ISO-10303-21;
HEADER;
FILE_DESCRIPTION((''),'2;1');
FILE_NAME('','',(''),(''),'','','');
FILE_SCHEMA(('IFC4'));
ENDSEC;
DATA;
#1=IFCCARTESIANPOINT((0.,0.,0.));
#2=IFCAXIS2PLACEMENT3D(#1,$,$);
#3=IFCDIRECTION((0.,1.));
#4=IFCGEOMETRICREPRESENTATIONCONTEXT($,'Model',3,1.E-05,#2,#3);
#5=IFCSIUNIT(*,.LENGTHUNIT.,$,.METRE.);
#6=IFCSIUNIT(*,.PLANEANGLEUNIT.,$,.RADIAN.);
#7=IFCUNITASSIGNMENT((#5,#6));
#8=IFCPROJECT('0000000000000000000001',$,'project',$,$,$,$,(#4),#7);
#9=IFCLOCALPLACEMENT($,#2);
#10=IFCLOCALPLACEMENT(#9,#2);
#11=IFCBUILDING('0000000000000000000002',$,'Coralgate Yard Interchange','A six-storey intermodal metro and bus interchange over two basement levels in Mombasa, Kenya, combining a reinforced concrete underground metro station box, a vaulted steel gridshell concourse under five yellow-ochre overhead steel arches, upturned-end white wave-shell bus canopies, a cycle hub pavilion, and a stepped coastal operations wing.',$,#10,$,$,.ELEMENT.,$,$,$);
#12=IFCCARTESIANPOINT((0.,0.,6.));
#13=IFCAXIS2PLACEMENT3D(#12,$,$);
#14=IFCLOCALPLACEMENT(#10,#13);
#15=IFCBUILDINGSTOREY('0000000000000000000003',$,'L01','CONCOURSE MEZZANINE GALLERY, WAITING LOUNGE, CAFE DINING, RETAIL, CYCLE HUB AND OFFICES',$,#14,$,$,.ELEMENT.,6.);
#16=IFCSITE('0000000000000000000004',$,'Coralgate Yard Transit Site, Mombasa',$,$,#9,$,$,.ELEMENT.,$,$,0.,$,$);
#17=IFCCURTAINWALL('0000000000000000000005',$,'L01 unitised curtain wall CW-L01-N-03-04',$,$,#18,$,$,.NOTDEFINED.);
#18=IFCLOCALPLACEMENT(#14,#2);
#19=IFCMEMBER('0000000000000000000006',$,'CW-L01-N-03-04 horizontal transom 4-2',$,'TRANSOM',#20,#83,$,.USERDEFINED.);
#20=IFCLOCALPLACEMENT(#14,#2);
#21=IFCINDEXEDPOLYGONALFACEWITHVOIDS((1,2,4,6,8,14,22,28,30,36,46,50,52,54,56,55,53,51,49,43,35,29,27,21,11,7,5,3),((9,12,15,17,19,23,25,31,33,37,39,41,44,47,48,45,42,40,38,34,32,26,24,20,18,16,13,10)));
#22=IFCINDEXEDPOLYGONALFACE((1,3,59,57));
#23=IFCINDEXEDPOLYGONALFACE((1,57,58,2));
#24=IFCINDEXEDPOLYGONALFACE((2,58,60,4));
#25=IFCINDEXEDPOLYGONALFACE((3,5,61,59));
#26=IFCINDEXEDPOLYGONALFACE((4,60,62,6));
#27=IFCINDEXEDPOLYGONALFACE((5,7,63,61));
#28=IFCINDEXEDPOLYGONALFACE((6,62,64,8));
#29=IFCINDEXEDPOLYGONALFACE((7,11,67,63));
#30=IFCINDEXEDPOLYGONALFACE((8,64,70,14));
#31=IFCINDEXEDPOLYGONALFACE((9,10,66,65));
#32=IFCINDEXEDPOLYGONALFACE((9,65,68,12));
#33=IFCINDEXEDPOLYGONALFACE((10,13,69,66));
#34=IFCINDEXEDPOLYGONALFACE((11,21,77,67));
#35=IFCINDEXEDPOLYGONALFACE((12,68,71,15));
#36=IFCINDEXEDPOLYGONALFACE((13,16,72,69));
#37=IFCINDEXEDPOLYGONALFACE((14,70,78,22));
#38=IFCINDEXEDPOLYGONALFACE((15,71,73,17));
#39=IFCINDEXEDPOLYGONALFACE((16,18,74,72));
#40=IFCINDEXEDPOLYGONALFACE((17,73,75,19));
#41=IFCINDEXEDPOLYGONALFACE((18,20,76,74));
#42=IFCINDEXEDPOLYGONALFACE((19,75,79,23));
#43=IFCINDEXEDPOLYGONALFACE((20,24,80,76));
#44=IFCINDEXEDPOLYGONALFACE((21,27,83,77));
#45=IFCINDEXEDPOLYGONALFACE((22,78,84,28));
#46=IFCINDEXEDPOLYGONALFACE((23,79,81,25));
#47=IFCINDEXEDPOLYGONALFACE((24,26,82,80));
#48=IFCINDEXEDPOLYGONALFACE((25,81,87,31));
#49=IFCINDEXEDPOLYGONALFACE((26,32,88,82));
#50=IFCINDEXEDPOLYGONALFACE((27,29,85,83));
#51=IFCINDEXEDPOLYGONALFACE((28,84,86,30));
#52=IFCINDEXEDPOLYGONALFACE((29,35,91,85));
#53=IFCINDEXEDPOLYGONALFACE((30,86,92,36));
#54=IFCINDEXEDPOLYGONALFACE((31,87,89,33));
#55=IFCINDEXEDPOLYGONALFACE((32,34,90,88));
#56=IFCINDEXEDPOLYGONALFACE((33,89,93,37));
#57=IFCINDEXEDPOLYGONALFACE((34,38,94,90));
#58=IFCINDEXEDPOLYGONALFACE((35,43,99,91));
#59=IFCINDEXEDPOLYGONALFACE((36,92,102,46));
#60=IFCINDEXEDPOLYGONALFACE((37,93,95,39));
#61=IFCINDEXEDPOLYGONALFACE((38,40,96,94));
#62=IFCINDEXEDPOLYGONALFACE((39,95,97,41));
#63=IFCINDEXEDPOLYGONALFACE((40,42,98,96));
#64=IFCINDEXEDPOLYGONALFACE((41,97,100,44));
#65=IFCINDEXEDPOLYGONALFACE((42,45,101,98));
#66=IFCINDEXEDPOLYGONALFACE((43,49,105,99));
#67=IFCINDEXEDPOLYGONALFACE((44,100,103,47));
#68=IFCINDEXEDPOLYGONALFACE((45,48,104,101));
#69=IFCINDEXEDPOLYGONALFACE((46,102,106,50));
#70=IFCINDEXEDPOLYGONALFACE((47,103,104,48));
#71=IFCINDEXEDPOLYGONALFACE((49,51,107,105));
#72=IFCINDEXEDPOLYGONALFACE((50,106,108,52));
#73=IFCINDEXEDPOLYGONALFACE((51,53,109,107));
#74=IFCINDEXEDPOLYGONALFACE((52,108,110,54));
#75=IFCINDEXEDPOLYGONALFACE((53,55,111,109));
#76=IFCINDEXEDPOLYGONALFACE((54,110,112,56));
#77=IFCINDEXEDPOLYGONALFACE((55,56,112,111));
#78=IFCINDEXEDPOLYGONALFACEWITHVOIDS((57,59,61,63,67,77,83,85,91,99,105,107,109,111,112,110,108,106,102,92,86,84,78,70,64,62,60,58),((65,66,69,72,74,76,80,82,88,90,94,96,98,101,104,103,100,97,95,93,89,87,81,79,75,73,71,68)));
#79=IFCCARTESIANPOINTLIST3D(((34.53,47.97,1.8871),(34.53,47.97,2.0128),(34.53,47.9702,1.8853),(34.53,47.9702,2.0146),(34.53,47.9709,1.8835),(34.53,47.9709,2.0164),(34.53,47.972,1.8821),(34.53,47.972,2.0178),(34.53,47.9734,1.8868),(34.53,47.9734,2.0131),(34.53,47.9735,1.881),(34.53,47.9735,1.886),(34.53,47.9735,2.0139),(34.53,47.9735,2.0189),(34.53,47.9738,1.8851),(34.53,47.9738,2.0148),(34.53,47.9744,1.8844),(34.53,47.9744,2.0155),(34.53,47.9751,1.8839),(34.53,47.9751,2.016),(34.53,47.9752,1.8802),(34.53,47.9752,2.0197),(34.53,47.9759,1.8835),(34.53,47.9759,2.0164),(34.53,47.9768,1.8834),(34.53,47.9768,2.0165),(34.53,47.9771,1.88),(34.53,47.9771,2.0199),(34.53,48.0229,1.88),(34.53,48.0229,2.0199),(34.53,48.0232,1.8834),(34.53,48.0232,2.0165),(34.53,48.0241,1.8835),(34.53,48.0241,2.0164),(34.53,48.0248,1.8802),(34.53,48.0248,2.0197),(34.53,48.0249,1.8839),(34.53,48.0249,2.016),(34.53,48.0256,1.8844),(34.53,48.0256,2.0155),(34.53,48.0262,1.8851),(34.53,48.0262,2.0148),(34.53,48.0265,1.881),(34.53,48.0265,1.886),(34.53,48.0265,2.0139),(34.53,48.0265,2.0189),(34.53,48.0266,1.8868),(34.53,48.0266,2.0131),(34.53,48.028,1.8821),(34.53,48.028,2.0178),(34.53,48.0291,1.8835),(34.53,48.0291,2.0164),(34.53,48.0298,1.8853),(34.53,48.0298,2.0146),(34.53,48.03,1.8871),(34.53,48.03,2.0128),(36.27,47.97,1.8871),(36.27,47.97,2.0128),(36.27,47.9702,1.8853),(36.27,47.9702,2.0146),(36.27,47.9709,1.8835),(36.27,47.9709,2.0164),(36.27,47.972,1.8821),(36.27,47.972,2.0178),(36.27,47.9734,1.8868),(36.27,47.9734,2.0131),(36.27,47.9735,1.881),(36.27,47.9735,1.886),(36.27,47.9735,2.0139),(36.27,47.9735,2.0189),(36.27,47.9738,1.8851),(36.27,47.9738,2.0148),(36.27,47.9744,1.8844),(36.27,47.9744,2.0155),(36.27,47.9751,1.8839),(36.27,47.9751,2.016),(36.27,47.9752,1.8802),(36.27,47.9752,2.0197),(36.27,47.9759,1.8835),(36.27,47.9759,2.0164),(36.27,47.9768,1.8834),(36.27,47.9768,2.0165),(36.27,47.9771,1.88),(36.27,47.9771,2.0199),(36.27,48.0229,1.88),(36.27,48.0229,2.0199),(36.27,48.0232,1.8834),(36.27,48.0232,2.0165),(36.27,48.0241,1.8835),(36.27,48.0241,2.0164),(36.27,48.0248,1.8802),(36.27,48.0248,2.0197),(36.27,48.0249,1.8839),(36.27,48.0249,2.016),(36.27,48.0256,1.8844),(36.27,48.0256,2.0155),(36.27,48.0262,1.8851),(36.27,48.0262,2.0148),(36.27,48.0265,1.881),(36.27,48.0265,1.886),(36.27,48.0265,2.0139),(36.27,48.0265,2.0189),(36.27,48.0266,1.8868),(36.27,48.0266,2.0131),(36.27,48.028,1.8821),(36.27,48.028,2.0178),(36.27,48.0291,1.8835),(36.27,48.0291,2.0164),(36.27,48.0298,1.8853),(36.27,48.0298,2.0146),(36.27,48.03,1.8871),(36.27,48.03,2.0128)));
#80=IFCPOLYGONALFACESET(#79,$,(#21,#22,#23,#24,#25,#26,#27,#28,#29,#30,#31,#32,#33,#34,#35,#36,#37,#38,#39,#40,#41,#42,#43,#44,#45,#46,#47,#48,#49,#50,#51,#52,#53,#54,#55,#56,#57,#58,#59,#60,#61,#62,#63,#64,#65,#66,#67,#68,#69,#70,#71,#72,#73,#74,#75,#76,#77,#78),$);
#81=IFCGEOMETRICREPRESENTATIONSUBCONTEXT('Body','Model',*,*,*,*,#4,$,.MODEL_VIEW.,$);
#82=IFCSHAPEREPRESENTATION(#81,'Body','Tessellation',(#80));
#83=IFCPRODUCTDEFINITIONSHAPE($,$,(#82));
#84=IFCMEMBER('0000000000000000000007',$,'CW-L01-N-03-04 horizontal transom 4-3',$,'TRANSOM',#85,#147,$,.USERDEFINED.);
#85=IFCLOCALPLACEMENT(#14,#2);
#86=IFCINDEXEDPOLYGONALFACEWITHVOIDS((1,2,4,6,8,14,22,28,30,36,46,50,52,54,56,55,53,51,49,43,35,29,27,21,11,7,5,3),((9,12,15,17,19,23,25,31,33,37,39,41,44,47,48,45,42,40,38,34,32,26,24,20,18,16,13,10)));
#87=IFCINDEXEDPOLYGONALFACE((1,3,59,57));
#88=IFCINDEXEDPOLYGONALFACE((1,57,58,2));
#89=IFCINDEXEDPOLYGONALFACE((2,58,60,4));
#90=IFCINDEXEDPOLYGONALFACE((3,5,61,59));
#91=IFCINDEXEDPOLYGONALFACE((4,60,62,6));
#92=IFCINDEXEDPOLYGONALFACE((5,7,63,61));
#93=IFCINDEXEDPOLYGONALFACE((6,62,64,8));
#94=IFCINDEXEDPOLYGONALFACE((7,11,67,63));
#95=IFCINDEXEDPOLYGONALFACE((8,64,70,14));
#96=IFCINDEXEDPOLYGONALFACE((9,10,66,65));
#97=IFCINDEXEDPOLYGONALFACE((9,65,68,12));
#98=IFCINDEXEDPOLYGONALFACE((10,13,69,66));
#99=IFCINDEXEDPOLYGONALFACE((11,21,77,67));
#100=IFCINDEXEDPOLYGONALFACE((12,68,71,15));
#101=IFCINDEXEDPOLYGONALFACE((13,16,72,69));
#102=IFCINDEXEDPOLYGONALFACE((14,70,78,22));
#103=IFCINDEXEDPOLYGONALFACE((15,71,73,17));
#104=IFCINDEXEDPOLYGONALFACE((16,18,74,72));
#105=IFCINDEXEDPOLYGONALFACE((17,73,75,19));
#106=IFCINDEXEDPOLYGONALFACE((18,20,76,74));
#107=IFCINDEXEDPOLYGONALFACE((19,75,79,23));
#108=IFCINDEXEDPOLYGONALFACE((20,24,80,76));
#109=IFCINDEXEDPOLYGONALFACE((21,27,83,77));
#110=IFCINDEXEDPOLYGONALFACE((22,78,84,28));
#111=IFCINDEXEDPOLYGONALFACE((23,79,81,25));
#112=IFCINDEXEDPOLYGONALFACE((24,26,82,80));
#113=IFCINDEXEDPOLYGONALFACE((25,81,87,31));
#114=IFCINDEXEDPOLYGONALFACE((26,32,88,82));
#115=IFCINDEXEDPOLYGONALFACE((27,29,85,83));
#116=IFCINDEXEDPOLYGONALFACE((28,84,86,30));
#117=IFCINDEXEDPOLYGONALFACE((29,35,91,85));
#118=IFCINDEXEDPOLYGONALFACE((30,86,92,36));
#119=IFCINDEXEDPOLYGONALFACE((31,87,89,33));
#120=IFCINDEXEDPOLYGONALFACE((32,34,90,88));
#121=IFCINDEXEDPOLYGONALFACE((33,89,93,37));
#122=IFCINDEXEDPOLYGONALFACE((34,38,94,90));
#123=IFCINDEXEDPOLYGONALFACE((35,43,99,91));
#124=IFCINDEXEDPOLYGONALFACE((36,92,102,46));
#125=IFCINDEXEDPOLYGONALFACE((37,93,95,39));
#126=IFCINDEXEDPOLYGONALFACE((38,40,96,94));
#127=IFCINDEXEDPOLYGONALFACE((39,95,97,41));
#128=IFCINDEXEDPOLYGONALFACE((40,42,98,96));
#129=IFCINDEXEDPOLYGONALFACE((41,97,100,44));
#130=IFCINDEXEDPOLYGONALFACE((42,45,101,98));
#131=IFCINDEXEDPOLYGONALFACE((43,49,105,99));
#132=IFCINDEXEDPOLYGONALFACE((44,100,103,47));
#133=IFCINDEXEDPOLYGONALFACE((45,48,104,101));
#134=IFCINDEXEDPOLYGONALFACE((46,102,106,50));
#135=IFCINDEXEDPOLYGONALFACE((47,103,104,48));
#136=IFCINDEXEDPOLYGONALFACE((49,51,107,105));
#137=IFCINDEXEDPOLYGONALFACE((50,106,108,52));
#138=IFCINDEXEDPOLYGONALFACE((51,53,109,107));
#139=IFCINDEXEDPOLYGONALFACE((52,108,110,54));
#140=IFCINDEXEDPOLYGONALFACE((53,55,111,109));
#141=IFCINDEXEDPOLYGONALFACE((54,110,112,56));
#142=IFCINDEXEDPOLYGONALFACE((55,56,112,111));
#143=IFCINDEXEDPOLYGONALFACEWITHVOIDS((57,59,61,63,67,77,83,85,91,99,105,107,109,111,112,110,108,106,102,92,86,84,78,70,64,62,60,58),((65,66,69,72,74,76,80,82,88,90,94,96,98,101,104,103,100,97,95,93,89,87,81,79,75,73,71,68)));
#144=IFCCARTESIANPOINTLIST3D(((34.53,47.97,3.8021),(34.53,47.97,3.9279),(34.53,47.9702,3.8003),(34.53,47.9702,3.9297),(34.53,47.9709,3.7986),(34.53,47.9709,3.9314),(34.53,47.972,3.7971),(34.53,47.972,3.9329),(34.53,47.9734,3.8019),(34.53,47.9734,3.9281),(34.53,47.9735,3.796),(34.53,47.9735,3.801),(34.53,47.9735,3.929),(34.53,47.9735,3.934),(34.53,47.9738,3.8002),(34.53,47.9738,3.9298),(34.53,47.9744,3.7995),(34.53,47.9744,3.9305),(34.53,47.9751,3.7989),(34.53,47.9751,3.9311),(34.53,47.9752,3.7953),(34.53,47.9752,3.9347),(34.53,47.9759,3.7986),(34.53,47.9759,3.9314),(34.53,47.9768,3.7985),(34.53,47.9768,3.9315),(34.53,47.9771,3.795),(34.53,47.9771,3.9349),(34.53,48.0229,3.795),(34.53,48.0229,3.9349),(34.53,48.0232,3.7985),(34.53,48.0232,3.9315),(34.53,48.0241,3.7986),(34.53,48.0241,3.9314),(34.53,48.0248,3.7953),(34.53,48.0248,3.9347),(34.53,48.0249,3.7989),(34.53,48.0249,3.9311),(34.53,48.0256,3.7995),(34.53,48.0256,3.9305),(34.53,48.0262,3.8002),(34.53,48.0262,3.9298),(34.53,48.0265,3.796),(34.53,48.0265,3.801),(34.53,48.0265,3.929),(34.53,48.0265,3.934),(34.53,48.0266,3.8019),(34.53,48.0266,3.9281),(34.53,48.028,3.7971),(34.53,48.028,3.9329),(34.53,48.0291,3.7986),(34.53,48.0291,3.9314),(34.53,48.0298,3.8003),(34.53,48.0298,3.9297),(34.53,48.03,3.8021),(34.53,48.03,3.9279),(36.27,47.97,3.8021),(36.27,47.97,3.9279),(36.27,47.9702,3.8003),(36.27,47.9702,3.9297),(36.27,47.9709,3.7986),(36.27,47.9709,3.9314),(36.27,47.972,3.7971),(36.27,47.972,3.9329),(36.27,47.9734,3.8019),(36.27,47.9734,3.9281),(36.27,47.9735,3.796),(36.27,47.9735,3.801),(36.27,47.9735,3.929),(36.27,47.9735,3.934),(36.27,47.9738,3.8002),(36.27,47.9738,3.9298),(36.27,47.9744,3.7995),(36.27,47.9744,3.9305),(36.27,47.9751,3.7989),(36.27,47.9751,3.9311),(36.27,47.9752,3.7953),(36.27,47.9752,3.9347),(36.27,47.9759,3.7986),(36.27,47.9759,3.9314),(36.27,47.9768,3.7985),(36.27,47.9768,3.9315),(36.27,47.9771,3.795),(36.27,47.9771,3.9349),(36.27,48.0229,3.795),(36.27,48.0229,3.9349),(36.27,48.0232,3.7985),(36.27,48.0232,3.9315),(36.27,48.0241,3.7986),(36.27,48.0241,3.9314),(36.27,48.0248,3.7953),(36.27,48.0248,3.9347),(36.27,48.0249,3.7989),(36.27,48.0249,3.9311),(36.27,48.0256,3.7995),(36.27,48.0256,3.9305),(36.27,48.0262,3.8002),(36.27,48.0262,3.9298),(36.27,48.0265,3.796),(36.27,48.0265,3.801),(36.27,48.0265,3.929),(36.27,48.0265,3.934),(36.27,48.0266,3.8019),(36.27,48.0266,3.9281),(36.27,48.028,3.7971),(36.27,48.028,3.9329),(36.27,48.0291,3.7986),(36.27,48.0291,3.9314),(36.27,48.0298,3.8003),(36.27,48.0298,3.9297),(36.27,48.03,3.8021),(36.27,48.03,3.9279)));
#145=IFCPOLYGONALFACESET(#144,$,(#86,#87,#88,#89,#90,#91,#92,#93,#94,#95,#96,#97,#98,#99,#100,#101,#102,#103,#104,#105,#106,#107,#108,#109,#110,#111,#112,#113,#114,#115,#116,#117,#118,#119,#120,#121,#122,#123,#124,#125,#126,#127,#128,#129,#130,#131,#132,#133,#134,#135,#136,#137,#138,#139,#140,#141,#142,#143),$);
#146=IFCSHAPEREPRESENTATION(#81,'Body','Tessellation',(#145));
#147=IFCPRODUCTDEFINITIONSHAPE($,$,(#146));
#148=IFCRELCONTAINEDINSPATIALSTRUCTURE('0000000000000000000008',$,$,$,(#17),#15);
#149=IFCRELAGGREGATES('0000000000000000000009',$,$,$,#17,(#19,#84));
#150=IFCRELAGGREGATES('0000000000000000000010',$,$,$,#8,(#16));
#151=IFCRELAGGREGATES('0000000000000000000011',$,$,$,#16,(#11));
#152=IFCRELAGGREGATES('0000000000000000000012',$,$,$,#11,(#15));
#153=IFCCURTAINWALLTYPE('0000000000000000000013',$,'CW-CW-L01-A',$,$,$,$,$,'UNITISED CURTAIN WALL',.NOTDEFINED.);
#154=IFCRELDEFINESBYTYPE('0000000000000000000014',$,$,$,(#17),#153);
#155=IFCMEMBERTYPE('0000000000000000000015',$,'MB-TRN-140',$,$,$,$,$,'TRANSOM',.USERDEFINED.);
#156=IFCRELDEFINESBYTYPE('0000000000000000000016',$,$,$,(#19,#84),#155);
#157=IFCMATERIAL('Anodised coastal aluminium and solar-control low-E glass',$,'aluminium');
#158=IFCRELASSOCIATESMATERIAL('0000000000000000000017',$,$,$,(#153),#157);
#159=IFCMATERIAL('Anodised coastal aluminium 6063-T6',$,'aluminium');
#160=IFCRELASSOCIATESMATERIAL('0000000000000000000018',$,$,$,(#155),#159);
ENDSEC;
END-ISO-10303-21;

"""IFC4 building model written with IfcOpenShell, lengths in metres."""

from ifc_helpers import new_model, si_unit, direction, frame, origin, origin_2d, place, context, subcontext, project, spatial, hollow_rectangle, extrude, material, material_profile, profile_set, type_object, element, aggregate, save


model = new_model("IFC4")

# Units and contexts
model_context = context("Model", 3, precision=1e-05, world=origin(), true_north=direction((0.0, 1.0)))
body_context = subcontext(model_context, "Body", "Model", "MODEL_VIEW")
ifc_project = project(units=[si_unit("LENGTHUNIT", "METRE"), si_unit("PLANEANGLEUNIT", "RADIAN")], contexts=[model_context])

# Site, building, storey
site_placement = place(None, origin())
site = spatial("IfcSite", under=ifc_project, at=site_placement, Name="Coralgate Yard Transit Site, Mombasa", CompositionType="ELEMENT", RefElevation=0.0)
building_placement = place(site_placement, origin())
building = spatial("IfcBuilding", under=site, at=building_placement, Name="Coralgate Yard Interchange", Description="A six-storey intermodal metro and bus interchange over two basement levels in Mombasa, Kenya, combining a reinforced concrete underground metro station box, a vaulted steel gridshell concourse under five yellow-ochre overhead steel arches, upturned-end white wave-shell bus canopies, a cycle hub pavilion, and a stepped coastal operations wing.", CompositionType="ELEMENT")
storey_placement = place(building_placement, frame((0.0, 0.0, 6.0)))
storey = spatial("IfcBuildingStorey", under=building, at=storey_placement, Name="L01", Description="CONCOURSE MEZZANINE GALLERY, WAITING LOUNGE, CAFE DINING, RETAIL, CYCLE HUB AND OFFICES", CompositionType="ELEMENT", Elevation=6.0)

# Curtain wall, members
ifc_material_1 = material(Name="Anodised coastal aluminium and solar-control low-E glass", Category="aluminium")
curtain_wall_type = type_object("IfcCurtainWallType", Name="CW-CW-L01-A", ElementType="UNITISED CURTAIN WALL", PredefinedType="NOTDEFINED", material=ifc_material_1)
curtain_wall_placement = place(storey_placement, origin())
curtain_wall = element("IfcCurtainWall", 1, at=curtain_wall_placement, inside=storey, type_object=curtain_wall_type, Name="L01 unitised curtain wall CW-L01-N-03-04", PredefinedType="NOTDEFINED")
ifc_material_2 = material(Name="Anodised coastal aluminium 6063-T6", Category="aluminium")
ifc_material_profile_1 = material_profile(ifc_material_2, hollow_rectangle(XDim=0.0601, YDim=0.1399, WallThickness=0.0034, InnerFilletRadius=0.0034, OuterFilletRadius=0.0071, at=origin_2d()), Name="ALU 60x140x3.5")
ifc_profile_set_1 = profile_set([ifc_material_profile_1], Name="Anodised coastal aluminium 6063-T6")
member_type_1 = type_object("IfcMemberType", Name="MB-TRN-140", ElementType="TRANSOM", PredefinedType="USERDEFINED", material=ifc_profile_set_1)
member_1_placement = place(storey_placement, frame((34.53, 48.0, 1.95), z_axis=(1.0, 0.0, 0.0), x_axis=(0.0, 1.0, 0.0)))
member_1 = element("IfcMember", 2, at=member_1_placement, type_object=member_type_1, Name="CW-L01-N-03-04 horizontal transom 4-2", ObjectType="TRANSOM", PredefinedType="USERDEFINED", context=body_context, shape_type="SweptSolid", body=[
    extrude(hollow_rectangle(XDim=0.0601, YDim=0.1399, WallThickness=0.0034, InnerFilletRadius=0.0034, OuterFilletRadius=0.0071, at=origin_2d()), origin(), (0.0, 0.0, 1.0), 1.74),
])
member_2_placement = place(storey_placement, frame((34.53, 48.0, 3.865), z_axis=(1.0, 0.0, 0.0), x_axis=(0.0, 1.0, 0.0)))
member_2 = element("IfcMember", 3, at=member_2_placement, type_object=member_type_1, Name="CW-L01-N-03-04 horizontal transom 4-3", ObjectType="TRANSOM", PredefinedType="USERDEFINED", context=body_context, shape_type="SweptSolid", body=[
    extrude(hollow_rectangle(XDim=0.0601, YDim=0.1399, WallThickness=0.0034, InnerFilletRadius=0.0034, OuterFilletRadius=0.0071, at=origin_2d()), origin(), (0.0, 0.0, 1.0), 1.74),
])
aggregate(curtain_wall, [member_1, member_2])

save(model, "model.ifc")
